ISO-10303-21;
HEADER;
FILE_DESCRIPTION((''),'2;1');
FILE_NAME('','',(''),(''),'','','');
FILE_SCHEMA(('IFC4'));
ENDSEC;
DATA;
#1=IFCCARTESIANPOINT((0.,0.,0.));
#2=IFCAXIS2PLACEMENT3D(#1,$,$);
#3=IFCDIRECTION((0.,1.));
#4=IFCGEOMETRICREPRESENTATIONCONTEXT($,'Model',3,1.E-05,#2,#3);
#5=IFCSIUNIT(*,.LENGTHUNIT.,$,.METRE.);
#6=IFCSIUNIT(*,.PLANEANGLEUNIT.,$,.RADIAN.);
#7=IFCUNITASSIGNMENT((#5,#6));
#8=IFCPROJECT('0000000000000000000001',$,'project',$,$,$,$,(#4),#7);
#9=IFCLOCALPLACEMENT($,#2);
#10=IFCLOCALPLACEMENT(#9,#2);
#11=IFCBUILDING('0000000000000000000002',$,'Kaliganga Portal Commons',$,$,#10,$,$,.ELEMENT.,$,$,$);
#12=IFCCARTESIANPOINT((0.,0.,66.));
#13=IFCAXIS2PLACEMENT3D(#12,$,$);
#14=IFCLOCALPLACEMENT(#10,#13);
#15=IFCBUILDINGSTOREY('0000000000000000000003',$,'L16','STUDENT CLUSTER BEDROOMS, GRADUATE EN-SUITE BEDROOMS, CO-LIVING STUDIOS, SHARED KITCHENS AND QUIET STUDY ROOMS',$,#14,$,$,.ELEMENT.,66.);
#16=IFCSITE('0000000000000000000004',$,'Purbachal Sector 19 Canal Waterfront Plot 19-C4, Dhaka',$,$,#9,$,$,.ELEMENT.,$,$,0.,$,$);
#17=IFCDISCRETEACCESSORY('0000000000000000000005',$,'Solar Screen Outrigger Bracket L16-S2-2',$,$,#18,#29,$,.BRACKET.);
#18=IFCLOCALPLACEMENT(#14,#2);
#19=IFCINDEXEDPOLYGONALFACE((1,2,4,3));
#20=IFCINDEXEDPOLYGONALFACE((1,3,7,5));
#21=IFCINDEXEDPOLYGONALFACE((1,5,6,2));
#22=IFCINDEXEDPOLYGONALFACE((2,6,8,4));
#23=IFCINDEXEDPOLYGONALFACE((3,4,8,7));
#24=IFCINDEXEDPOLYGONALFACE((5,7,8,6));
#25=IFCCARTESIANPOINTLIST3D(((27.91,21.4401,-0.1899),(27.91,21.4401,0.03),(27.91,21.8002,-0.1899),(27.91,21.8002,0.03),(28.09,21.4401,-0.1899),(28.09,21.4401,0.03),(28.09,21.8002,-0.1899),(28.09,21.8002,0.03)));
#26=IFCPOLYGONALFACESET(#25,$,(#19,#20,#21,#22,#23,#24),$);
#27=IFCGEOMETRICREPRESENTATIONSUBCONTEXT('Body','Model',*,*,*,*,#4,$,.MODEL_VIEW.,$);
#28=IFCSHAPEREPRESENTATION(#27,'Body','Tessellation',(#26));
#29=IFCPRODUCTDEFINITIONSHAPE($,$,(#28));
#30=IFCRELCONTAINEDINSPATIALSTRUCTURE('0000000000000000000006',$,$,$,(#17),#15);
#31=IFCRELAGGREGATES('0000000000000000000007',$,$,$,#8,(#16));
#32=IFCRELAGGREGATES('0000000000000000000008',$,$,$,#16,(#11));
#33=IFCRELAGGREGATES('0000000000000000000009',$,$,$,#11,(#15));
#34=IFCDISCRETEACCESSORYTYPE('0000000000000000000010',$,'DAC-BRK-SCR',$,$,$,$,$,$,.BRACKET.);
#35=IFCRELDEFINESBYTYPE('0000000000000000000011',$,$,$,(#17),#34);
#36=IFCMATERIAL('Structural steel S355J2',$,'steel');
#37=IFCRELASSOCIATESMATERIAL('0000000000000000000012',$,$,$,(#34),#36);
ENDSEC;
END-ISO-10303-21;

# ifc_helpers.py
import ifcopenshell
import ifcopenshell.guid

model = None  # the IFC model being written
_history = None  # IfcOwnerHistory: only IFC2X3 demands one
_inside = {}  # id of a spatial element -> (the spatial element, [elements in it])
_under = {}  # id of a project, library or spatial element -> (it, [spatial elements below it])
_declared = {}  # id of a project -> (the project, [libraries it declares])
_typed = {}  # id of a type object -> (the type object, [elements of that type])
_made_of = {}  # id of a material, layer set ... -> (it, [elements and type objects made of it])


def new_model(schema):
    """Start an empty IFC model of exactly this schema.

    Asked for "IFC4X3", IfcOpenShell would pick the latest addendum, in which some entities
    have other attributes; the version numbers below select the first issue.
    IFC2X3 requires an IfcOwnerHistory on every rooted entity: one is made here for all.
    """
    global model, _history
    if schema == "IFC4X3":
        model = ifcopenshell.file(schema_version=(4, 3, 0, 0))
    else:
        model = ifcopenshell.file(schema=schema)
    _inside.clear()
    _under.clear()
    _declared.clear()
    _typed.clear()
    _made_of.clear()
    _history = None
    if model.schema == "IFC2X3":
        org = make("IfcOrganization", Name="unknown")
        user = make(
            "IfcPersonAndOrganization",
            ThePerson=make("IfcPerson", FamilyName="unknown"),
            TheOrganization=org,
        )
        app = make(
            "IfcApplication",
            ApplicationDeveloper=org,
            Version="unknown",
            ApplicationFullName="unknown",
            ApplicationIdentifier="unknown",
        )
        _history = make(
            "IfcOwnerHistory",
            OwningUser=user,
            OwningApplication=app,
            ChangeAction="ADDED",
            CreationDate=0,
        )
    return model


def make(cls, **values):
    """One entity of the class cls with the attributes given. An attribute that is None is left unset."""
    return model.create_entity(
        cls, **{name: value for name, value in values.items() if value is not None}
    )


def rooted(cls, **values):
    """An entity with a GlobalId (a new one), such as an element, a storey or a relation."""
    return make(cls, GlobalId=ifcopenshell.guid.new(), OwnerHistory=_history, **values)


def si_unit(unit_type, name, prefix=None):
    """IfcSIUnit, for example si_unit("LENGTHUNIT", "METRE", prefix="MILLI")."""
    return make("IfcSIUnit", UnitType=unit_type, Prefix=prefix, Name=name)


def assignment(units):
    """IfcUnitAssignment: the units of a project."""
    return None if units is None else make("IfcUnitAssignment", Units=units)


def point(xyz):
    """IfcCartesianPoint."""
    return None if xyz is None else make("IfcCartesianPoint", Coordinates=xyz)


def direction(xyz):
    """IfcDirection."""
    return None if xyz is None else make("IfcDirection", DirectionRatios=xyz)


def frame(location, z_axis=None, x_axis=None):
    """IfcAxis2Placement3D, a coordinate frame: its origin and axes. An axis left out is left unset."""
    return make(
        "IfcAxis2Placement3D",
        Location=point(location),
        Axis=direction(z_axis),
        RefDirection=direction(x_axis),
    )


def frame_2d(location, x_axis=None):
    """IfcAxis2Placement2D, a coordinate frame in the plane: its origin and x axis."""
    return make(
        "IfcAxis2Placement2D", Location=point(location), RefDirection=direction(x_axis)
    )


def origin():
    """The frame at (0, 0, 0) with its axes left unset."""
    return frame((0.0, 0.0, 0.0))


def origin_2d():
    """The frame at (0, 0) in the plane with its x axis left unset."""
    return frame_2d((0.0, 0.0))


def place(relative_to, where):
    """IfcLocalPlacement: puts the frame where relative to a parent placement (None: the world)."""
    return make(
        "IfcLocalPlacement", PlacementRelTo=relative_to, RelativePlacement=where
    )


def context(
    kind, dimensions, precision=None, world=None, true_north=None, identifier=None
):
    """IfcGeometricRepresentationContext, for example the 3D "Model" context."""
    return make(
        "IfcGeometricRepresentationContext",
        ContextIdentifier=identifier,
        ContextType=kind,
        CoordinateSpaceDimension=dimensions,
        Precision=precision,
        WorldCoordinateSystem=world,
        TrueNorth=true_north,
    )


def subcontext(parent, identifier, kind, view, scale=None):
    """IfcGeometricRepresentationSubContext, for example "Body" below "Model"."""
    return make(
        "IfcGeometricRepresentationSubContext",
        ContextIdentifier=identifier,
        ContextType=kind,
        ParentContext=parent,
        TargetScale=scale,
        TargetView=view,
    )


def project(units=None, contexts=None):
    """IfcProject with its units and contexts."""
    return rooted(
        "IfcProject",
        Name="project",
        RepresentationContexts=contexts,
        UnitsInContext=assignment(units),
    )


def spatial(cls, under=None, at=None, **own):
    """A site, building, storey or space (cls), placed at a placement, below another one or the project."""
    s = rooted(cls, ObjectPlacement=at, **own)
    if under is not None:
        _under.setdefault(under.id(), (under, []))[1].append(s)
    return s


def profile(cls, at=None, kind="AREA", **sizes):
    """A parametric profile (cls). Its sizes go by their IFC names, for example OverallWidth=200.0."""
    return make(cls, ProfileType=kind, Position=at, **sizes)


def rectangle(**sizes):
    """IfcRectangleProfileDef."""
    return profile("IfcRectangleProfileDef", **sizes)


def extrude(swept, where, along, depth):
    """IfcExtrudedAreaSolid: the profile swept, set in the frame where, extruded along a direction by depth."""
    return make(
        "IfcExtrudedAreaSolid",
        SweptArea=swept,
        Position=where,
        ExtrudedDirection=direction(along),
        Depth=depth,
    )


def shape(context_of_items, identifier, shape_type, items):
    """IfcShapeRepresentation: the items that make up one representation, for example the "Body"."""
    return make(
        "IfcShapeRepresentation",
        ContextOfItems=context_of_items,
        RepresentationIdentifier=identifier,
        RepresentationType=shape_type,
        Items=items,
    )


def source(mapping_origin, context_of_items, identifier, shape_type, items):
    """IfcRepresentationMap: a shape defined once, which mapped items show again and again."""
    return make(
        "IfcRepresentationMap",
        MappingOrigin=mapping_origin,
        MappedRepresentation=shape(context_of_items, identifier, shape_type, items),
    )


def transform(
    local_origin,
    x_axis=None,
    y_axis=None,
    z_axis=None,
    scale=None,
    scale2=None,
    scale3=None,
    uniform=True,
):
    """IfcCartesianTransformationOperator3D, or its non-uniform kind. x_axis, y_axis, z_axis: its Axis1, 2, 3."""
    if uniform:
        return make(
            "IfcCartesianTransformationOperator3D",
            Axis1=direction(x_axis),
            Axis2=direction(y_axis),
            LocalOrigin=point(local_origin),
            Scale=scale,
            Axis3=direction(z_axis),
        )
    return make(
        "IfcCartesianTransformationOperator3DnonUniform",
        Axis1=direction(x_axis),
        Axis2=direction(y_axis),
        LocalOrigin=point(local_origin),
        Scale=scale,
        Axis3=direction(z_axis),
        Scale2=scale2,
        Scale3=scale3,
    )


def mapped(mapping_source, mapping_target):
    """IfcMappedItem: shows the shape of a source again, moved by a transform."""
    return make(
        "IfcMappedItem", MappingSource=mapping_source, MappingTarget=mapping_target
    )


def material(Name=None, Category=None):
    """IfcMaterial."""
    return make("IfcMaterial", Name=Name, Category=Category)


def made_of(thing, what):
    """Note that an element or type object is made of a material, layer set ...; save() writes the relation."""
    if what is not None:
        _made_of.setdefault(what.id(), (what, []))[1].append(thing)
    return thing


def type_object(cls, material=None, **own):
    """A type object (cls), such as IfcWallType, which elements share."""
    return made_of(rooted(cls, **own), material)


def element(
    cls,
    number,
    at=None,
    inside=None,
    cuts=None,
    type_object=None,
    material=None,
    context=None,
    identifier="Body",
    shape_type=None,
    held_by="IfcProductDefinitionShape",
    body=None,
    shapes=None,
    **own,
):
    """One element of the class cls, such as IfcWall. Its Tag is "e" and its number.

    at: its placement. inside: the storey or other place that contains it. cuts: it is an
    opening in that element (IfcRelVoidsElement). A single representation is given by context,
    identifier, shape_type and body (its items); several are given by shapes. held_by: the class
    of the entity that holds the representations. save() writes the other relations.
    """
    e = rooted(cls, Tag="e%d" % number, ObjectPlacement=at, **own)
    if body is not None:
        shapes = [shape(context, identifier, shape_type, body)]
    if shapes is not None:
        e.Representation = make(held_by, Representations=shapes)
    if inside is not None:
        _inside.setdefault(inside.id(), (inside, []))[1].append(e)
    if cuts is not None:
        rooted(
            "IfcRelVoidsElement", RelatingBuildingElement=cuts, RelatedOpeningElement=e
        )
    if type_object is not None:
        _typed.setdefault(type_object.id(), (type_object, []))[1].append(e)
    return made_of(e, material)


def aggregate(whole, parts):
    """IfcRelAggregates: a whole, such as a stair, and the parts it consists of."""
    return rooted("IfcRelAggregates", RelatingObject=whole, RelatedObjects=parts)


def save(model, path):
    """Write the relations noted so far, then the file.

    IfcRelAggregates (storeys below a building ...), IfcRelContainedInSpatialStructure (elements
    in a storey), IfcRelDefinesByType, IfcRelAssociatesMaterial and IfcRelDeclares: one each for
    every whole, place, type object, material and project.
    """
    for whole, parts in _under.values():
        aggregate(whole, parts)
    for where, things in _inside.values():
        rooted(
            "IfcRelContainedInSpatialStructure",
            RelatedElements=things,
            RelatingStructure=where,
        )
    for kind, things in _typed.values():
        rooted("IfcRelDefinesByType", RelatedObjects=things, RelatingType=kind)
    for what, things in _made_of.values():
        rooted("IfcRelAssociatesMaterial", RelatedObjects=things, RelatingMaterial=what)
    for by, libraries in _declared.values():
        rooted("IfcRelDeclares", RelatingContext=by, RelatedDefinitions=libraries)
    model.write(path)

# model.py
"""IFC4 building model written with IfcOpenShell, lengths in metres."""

from ifc_helpers import new_model, si_unit, direction, frame, origin, origin_2d, place, context, subcontext, project, spatial, rectangle, extrude, source, transform, mapped, material, type_object, element, save


model = new_model("IFC4")

# Units and contexts
model_context = context("Model", 3, precision=1e-05, world=origin(), true_north=direction((0.0, 1.0)))
body_context = subcontext(model_context, "Body", "Model", "MODEL_VIEW")
ifc_project = project(units=[si_unit("LENGTHUNIT", "METRE"), si_unit("PLANEANGLEUNIT", "RADIAN")], contexts=[model_context])

# Site, building, storey
site_placement = place(None, origin())
site = spatial("IfcSite", under=ifc_project, at=site_placement, Name="Purbachal Sector 19 Canal Waterfront Plot 19-C4, Dhaka", CompositionType="ELEMENT", RefElevation=0.0)
building_placement = place(site_placement, origin())
building = spatial("IfcBuilding", under=site, at=building_placement, Name="Kaliganga Portal Commons", CompositionType="ELEMENT")
storey_placement = place(building_placement, frame((0.0, 0.0, 66.0)))
storey = spatial("IfcBuildingStorey", under=building, at=storey_placement, Name="L16", Description="STUDENT CLUSTER BEDROOMS, GRADUATE EN-SUITE BEDROOMS, CO-LIVING STUDIOS, SHARED KITCHENS AND QUIET STUDY ROOMS", CompositionType="ELEMENT", Elevation=66.0)

# Shared definitions
ifc_material_1 = material(Name="Structural steel S355J2", Category="steel")

# Discrete accessory
discrete_accessory_type = type_object("IfcDiscreteAccessoryType", Name="DAC-BRK-SCR", PredefinedType="BRACKET", material=ifc_material_1)
shared_shape_1 = source(origin(), body_context, "Body", "SweptSolid", [
    extrude(rectangle(XDim=0.1799, YDim=0.3601, at=origin_2d()), origin(), (0.0, 0.0, 1.0), 0.22),
])
for number, where, z_axis, x_axis, name in (
    (1, (28.0, 21.6201, -0.1899), (0.0, 0.0, 1.0), (1.0, 0.0, 0.0), "Solar Screen Outrigger Bracket L16-S2-2"),
):
    element("IfcDiscreteAccessory", number, at=place(storey_placement, frame(where, z_axis=z_axis, x_axis=x_axis)), inside=storey, type_object=discrete_accessory_type, Name=name, PredefinedType="BRACKET", context=body_context, shape_type="MappedRepresentation", body=[
        mapped(shared_shape_1, transform((0.0, 0.0, 0.0), x_axis=(1.0, 0.0, 0.0), y_axis=(0.0, 1.0, 0.0), z_axis=(0.0, 0.0, 1.0), scale=1.0)),
    ])

save(model, "model.ifc")
